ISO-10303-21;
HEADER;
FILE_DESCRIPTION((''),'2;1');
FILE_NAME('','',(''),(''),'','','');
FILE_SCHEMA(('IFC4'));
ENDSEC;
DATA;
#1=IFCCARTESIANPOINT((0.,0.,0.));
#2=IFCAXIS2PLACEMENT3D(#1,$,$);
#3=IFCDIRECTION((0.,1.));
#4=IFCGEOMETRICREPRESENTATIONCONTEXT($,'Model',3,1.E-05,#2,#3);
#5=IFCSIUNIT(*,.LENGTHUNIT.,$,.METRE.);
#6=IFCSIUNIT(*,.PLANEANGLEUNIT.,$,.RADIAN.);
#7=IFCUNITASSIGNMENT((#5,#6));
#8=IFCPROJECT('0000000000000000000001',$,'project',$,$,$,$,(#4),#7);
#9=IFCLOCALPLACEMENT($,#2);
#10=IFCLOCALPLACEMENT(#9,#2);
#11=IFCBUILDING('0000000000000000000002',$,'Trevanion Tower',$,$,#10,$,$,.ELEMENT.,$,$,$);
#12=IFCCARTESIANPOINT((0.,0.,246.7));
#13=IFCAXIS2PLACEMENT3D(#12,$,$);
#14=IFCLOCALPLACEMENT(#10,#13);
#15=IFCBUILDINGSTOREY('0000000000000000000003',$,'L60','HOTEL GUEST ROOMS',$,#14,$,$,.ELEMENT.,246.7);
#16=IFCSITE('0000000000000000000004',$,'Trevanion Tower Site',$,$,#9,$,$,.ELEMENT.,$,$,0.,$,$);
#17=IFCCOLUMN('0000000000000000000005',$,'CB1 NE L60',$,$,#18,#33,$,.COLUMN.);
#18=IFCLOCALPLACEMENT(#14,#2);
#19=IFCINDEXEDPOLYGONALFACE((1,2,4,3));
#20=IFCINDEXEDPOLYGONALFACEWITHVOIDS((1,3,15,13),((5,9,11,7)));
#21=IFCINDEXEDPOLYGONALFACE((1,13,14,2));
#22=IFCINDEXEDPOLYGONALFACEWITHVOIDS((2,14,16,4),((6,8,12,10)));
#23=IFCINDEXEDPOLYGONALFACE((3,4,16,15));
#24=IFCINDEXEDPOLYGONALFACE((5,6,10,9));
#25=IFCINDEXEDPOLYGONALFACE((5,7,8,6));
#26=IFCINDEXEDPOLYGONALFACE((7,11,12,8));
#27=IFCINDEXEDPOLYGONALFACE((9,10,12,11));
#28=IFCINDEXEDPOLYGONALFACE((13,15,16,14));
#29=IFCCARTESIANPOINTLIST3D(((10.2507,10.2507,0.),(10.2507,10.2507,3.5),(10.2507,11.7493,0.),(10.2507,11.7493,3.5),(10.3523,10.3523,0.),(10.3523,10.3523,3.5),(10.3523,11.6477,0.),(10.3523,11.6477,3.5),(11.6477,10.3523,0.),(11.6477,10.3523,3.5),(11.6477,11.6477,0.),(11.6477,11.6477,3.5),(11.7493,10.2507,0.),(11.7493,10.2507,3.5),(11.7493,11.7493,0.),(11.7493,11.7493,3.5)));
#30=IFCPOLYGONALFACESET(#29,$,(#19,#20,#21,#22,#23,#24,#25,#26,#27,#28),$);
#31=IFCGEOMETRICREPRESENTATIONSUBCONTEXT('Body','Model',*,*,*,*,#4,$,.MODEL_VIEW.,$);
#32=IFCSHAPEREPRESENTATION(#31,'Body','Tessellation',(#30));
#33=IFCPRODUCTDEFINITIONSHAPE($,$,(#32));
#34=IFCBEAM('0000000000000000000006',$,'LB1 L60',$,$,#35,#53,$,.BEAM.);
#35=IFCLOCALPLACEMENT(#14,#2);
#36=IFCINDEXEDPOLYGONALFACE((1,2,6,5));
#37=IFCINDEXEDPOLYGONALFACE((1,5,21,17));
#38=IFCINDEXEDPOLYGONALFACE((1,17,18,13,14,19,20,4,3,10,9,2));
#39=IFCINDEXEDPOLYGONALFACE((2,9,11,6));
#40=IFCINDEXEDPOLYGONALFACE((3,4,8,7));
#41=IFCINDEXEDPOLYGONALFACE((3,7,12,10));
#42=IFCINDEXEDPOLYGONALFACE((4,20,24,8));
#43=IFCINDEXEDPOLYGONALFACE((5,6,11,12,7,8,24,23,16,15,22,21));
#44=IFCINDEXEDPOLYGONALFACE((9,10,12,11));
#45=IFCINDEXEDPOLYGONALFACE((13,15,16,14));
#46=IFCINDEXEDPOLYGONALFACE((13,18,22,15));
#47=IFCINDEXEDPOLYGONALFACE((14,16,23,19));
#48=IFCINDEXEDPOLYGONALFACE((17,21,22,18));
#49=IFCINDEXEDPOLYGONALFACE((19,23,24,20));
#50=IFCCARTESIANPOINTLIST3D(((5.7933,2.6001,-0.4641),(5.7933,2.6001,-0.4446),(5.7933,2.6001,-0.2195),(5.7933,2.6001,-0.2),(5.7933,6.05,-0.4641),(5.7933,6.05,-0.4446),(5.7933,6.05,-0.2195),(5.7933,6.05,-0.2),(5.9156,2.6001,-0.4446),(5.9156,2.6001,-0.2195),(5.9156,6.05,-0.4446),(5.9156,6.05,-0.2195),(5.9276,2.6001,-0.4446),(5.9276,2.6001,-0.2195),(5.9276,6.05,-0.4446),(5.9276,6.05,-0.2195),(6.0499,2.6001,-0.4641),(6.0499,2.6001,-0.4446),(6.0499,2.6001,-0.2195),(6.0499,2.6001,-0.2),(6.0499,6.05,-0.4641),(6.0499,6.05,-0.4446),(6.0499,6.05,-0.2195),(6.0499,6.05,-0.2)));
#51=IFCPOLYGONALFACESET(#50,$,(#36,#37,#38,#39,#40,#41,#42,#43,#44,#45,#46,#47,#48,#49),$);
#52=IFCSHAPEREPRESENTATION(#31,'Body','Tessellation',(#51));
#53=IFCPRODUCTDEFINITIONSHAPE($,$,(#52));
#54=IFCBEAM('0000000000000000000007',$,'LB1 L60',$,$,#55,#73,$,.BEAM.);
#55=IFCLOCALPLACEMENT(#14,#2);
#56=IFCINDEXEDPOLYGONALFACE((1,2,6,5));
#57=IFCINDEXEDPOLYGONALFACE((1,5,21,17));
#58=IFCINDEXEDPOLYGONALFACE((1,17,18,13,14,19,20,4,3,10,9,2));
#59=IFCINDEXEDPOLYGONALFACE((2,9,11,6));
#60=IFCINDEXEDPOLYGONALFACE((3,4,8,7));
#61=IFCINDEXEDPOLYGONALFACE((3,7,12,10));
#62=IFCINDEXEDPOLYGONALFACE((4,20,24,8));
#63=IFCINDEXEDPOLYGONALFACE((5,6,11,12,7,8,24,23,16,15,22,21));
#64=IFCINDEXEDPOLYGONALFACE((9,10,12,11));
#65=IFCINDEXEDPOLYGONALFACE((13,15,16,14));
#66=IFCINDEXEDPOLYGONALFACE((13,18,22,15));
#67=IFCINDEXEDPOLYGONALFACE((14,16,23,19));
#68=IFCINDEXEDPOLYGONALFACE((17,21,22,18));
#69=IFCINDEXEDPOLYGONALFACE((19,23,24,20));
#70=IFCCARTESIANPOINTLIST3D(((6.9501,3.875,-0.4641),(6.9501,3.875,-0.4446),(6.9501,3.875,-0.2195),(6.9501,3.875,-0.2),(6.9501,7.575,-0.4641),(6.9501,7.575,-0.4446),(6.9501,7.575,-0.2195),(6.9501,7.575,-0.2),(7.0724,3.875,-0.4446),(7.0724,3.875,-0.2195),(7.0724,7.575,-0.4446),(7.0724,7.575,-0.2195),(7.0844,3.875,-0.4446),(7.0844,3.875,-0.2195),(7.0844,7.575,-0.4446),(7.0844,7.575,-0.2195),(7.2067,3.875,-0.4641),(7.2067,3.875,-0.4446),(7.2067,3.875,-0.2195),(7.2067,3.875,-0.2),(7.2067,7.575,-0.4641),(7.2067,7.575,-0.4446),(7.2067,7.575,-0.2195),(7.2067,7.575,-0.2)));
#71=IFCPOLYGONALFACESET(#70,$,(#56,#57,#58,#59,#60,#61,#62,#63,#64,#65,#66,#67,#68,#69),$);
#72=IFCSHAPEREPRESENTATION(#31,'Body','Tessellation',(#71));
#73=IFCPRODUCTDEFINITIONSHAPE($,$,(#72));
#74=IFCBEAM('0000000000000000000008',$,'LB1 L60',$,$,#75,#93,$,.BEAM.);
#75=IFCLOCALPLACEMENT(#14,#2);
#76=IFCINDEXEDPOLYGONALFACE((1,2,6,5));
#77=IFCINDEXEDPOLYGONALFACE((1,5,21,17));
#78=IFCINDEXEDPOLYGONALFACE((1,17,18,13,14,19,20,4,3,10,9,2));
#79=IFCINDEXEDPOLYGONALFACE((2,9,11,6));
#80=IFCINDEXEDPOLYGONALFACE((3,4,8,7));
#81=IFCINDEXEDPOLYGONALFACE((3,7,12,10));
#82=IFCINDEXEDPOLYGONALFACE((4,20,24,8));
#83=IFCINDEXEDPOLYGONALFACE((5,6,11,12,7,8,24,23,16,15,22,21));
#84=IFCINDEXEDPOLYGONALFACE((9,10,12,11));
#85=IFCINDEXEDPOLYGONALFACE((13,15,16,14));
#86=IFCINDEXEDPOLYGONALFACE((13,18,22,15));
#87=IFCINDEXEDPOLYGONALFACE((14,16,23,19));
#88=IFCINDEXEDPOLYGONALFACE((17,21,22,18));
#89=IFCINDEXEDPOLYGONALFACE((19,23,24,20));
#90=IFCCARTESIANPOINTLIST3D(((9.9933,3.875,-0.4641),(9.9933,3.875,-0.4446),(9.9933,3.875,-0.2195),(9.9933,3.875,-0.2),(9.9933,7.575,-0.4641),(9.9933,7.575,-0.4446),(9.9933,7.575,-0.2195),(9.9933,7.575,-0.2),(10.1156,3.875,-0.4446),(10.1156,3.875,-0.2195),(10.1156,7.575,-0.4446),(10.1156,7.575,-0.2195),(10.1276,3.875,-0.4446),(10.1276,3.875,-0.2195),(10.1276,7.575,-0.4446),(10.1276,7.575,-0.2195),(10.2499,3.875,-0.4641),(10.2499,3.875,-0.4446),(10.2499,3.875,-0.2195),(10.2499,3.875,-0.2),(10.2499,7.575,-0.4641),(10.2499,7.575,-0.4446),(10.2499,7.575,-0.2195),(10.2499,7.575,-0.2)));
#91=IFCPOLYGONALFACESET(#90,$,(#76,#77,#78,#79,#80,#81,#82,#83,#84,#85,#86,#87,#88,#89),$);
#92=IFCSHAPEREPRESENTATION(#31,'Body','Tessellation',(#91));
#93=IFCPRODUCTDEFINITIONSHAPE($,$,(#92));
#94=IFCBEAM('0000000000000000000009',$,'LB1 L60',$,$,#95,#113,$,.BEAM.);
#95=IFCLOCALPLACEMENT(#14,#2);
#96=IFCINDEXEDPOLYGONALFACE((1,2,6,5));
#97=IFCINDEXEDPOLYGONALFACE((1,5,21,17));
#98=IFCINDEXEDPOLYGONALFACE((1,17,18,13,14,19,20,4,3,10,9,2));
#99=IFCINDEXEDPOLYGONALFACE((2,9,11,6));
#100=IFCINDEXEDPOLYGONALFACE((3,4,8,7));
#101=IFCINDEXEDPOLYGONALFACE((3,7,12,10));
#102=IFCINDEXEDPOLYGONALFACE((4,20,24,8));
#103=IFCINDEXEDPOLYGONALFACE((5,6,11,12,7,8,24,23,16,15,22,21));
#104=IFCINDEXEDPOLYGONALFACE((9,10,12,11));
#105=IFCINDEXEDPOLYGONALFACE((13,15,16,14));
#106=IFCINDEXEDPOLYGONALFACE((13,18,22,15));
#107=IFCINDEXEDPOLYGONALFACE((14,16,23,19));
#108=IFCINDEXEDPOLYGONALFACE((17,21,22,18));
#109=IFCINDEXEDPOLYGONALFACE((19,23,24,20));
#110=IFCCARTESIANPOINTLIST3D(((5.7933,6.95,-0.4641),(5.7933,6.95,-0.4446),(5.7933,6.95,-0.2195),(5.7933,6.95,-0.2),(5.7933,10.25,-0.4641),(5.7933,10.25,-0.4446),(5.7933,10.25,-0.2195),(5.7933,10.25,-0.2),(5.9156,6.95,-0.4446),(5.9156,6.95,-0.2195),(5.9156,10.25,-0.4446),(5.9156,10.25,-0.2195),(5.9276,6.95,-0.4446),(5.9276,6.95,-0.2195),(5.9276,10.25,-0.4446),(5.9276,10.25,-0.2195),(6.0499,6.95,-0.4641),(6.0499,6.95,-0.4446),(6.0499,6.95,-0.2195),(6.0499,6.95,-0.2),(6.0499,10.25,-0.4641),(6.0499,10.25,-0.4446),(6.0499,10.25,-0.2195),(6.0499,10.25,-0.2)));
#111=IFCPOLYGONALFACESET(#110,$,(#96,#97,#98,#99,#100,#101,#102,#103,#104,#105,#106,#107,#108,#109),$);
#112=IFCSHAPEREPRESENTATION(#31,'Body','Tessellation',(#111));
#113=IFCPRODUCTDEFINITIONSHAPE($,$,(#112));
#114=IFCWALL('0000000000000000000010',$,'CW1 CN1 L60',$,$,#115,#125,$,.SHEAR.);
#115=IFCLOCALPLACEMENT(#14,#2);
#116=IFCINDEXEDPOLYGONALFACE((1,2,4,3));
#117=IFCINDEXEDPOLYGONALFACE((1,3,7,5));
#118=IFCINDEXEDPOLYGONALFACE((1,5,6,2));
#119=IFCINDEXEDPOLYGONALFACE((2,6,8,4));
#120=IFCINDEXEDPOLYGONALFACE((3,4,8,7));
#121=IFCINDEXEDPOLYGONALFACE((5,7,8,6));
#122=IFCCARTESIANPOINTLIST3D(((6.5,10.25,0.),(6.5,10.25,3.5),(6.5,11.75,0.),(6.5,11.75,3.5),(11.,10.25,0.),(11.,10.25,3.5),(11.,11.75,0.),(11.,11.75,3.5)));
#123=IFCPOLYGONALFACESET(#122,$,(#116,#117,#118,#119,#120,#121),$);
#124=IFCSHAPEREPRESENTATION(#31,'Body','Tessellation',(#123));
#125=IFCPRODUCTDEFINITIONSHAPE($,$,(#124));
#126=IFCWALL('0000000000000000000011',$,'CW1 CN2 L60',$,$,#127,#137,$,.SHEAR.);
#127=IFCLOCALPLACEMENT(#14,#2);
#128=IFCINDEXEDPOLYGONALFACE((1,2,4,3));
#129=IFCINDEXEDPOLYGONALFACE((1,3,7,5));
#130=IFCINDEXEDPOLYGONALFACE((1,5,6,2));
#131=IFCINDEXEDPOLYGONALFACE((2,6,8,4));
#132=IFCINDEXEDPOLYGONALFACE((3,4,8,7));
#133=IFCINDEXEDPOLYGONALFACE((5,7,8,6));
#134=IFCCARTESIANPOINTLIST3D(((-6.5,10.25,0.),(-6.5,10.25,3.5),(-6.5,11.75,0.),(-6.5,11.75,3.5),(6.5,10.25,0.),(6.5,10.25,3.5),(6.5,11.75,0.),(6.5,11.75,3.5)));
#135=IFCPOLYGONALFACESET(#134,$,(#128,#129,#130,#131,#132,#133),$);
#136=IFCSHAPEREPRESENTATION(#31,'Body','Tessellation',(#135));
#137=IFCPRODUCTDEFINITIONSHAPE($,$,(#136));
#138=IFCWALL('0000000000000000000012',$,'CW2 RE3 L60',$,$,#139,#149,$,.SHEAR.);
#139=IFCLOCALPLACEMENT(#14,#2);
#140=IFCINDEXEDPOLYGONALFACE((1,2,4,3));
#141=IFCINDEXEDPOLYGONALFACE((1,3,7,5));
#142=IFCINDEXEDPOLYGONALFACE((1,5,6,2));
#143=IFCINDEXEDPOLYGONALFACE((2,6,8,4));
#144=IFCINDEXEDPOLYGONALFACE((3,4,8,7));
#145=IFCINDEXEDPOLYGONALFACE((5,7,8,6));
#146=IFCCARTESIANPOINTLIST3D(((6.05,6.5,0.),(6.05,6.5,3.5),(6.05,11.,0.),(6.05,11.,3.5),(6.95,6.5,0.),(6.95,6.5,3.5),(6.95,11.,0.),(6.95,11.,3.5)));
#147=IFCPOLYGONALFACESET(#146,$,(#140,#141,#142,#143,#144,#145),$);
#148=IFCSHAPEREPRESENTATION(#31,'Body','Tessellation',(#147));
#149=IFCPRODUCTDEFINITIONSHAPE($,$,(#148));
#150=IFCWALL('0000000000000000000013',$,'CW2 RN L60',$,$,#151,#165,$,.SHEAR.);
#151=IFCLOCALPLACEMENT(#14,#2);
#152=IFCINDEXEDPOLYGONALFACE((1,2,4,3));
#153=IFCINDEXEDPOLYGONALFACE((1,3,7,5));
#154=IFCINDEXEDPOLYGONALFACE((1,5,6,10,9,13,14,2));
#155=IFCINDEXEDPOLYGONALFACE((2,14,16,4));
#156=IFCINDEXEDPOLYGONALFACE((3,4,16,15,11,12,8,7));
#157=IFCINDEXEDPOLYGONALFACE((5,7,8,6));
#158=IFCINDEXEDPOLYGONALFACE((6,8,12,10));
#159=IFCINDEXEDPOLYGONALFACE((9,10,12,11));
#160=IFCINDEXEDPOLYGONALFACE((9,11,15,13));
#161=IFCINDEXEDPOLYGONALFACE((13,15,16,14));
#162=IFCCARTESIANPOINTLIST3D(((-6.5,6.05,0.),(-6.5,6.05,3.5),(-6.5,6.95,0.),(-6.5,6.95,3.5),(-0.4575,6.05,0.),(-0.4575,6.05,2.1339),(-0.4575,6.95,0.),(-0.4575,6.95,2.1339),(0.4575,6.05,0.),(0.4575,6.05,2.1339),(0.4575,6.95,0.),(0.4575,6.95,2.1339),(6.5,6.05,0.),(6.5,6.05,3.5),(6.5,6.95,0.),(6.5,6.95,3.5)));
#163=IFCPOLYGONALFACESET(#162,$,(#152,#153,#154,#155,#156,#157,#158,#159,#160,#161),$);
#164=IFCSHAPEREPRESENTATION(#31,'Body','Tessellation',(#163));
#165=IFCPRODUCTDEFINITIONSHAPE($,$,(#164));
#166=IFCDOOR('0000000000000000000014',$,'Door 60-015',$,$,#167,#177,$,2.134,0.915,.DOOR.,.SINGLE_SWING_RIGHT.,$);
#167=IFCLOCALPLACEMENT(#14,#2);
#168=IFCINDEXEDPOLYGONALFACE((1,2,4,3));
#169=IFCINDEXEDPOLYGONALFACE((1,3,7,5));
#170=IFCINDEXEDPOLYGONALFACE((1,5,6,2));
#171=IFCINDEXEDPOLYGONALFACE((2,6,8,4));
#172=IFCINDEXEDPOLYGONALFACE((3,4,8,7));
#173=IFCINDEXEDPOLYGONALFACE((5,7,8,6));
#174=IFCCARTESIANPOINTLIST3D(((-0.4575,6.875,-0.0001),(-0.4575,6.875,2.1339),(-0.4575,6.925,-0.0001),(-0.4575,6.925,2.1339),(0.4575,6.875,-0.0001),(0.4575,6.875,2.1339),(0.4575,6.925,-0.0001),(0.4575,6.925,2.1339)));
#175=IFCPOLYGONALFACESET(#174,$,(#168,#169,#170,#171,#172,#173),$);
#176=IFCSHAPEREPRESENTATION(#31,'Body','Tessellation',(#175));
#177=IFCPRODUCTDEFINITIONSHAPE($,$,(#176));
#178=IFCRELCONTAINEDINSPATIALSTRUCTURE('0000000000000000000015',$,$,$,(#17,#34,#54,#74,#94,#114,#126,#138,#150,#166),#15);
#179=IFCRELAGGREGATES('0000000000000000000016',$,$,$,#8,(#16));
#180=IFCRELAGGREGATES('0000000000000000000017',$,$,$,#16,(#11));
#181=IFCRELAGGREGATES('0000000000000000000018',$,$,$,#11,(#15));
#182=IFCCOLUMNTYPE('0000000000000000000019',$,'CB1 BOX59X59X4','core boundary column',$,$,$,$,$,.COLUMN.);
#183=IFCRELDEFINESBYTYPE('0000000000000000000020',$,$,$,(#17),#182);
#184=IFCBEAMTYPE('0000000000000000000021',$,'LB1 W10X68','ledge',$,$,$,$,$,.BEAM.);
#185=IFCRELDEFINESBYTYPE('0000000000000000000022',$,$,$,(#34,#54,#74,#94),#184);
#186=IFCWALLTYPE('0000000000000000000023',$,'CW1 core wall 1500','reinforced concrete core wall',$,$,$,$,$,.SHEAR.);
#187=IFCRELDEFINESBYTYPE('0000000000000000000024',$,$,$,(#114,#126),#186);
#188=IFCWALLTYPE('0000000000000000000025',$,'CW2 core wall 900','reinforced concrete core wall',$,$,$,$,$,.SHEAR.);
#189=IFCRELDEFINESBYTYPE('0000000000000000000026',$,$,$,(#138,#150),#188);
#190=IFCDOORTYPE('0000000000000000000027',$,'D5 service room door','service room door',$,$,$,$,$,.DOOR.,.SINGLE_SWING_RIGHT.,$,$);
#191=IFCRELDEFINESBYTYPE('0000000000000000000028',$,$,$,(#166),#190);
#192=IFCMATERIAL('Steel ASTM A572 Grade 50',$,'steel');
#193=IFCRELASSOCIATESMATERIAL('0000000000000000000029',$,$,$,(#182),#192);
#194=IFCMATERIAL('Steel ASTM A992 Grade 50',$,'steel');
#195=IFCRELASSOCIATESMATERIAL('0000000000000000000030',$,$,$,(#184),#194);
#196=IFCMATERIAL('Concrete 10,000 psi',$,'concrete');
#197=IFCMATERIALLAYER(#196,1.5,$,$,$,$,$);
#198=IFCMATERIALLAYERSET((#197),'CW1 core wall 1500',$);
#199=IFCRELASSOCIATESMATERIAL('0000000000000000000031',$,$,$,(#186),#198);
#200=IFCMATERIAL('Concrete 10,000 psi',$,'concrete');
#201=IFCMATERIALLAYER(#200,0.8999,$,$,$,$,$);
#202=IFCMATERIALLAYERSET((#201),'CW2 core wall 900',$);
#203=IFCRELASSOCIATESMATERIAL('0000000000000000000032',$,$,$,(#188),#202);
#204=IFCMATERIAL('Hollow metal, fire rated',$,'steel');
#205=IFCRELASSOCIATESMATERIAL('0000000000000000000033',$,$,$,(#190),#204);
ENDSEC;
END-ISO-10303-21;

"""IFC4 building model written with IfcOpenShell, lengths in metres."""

from ifc_helpers import new_model, si_unit, direction, frame, frame_2d, origin, origin_2d, place, context, subcontext, project, spatial, rectangle, hollow_rectangle, i_section, extrude, material, layer, layer_set, material_profile, profile_set, type_object, element, fill, save


model = new_model("IFC4")

# Units and contexts
model_context = context("Model", 3, precision=1e-05, world=origin(), true_north=direction((0.0, 1.0)))
body_context = subcontext(model_context, "Body", "Model", "MODEL_VIEW")
ifc_project = project(units=[si_unit("LENGTHUNIT", "METRE"), si_unit("PLANEANGLEUNIT", "RADIAN")], contexts=[model_context])

# Site, building, storey
site_placement = place(None, origin())
site = spatial("IfcSite", under=ifc_project, at=site_placement, Name="Trevanion Tower Site", CompositionType="ELEMENT", RefElevation=0.0)
building_placement = place(site_placement, origin())
building = spatial("IfcBuilding", under=site, at=building_placement, Name="Trevanion Tower", CompositionType="ELEMENT")
storey_placement = place(building_placement, frame((0.0, 0.0, 246.7)))
storey = spatial("IfcBuildingStorey", under=building, at=storey_placement, Name="L60", Description="HOTEL GUEST ROOMS", CompositionType="ELEMENT", Elevation=246.7)

# Column
ifc_material_1 = material(Name="Steel ASTM A572 Grade 50", Category="steel")
ifc_material_profile_1 = material_profile(ifc_material_1, hollow_rectangle(XDim=1.4985, YDim=1.4985, WallThickness=0.1016, at=origin_2d()), Name="BOX59X59X4")
ifc_profile_set_1 = profile_set([ifc_material_profile_1], Name="Steel ASTM A572 Grade 50")
column_type = type_object("IfcColumnType", Name="CB1 BOX59X59X4", Description="core boundary column", PredefinedType="COLUMN", material=ifc_profile_set_1)
column_placement = place(storey_placement, frame((11.0, 11.0, 0.0), z_axis=(0.0, 0.0, 1.0), x_axis=(1.0, 0.0, 0.0)))
element("IfcColumn", 1, at=column_placement, inside=storey, type_object=column_type, Name="CB1 NE L60", PredefinedType="COLUMN", context=body_context, shape_type="SweptSolid", body=[
    extrude(hollow_rectangle(XDim=1.4985, YDim=1.4985, WallThickness=0.1016, at=origin_2d()), origin(), (0.0, 0.0, 1.0), 3.5),
])

# Beams
ifc_material_2 = material(Name="Steel ASTM A992 Grade 50", Category="steel")
ifc_material_profile_2 = material_profile(ifc_material_2, i_section(OverallWidth=0.2566, OverallDepth=0.2642, WebThickness=0.012, FlangeThickness=0.0195, at=origin_2d()), Name="W10X68")
ifc_profile_set_2 = profile_set([ifc_material_profile_2], Name="Steel ASTM A992 Grade 50")
beam_type = type_object("IfcBeamType", Name="LB1 W10X68", Description="ledge", PredefinedType="BEAM", material=ifc_profile_set_2)
beam_1_placement = place(storey_placement, frame((5.9216, 2.6001, -0.332), z_axis=(0.0, 1.0, 0.0), x_axis=(-1.0, 0.0, 0.0)))
element("IfcBeam", 2, at=beam_1_placement, inside=storey, type_object=beam_type, Name="LB1 L60", PredefinedType="BEAM", context=body_context, shape_type="SweptSolid", body=[
    extrude(i_section(OverallWidth=0.2566, OverallDepth=0.2642, WebThickness=0.012, FlangeThickness=0.0195, at=origin_2d()), origin(), (0.0, 0.0, 1.0), 3.45),
])
for number, where, z_axis, x_axis, name in (
    (3, (7.0784, 3.875, -0.332), (0.0, 1.0, 0.0), (-1.0, 0.0, 0.0), "LB1 L60"),
    (4, (10.1216, 3.875, -0.332), (0.0, 1.0, 0.0), (-1.0, 0.0, 0.0), "LB1 L60"),
):
    element("IfcBeam", number, at=place(storey_placement, frame(where, z_axis=z_axis, x_axis=x_axis)), inside=storey, type_object=beam_type, Name=name, PredefinedType="BEAM", context=body_context, shape_type="SweptSolid", body=[
        extrude(i_section(OverallWidth=0.2566, OverallDepth=0.2642, WebThickness=0.012, FlangeThickness=0.0195, at=origin_2d()), origin(), (0.0, 0.0, 1.0), 3.7),
    ])
beam_2_placement = place(storey_placement, frame((5.9216, 6.95, -0.332), z_axis=(0.0, 1.0, 0.0), x_axis=(-1.0, 0.0, 0.0)))
element("IfcBeam", 5, at=beam_2_placement, inside=storey, type_object=beam_type, Name="LB1 L60", PredefinedType="BEAM", context=body_context, shape_type="SweptSolid", body=[
    extrude(i_section(OverallWidth=0.2566, OverallDepth=0.2642, WebThickness=0.012, FlangeThickness=0.0195, at=origin_2d()), origin(), (0.0, 0.0, 1.0), 3.3),
])

# Walls
ifc_material_3 = material(Name="Concrete 10,000 psi", Category="concrete")
ifc_layer_1 = layer(ifc_material_3, 1.5)
ifc_layer_set_1 = layer_set([ifc_layer_1], Name="CW1 core wall 1500")
wall_type_1 = type_object("IfcWallType", Name="CW1 core wall 1500", Description="reinforced concrete core wall", PredefinedType="SHEAR", material=ifc_layer_set_1)
wall_1_placement = place(storey_placement, frame((11.0, 11.0, 0.0), z_axis=(0.0, 0.0, 1.0), x_axis=(-1.0, 0.0, 0.0)))
element("IfcWall", 6, at=wall_1_placement, inside=storey, type_object=wall_type_1, Name="CW1 CN1 L60", PredefinedType="SHEAR", context=body_context, shape_type="SweptSolid", body=[
    extrude(rectangle(XDim=4.5, YDim=1.5, at=frame_2d((2.25, 0.0))), origin(), (0.0, 0.0, 1.0), 3.5),
])
wall_2_placement = place(storey_placement, frame((6.5, 11.0, 0.0), z_axis=(0.0, 0.0, 1.0), x_axis=(-1.0, 0.0, 0.0)))
element("IfcWall", 7, at=wall_2_placement, inside=storey, type_object=wall_type_1, Name="CW1 CN2 L60", PredefinedType="SHEAR", context=body_context, shape_type="SweptSolid", body=[
    extrude(rectangle(XDim=13.0, YDim=1.5, at=frame_2d((6.5, 0.0))), origin(), (0.0, 0.0, 1.0), 3.5),
])
ifc_material_4 = material(Name="Concrete 10,000 psi", Category="concrete")
ifc_layer_2 = layer(ifc_material_4, 0.8999)
ifc_layer_set_2 = layer_set([ifc_layer_2], Name="CW2 core wall 900")
wall_type_2 = type_object("IfcWallType", Name="CW2 core wall 900", Description="reinforced concrete core wall", PredefinedType="SHEAR", material=ifc_layer_set_2)
wall_3_placement = place(storey_placement, frame((6.5, 6.5, 0.0), z_axis=(0.0, 0.0, 1.0), x_axis=(0.0, 1.0, 0.0)))
element("IfcWall", 8, at=wall_3_placement, inside=storey, type_object=wall_type_2, Name="CW2 RE3 L60", PredefinedType="SHEAR", context=body_context, shape_type="SweptSolid", body=[
    extrude(rectangle(XDim=4.5, YDim=0.8999, at=frame_2d((2.25, 0.0))), origin(), (0.0, 0.0, 1.0), 3.5),
])

# Wall, opening, door
wall_4_placement = place(storey_placement, frame((6.5, 6.5, 0.0), z_axis=(0.0, 0.0, 1.0), x_axis=(-1.0, 0.0, 0.0)))
wall_4 = element("IfcWall", 9, at=wall_4_placement, inside=storey, type_object=wall_type_2, Name="CW2 RN L60", PredefinedType="SHEAR", context=body_context, shape_type="SweptSolid", body=[
    extrude(rectangle(XDim=13.0, YDim=0.8999, at=frame_2d((6.5, 0.0))), origin(), (0.0, 0.0, 1.0), 3.5),
])
opening_1_placement = place(wall_4_placement, frame((6.0425, 0.0, 0.0)))
opening_1 = element("IfcOpeningElement", 10, at=opening_1_placement, cuts=wall_4, PredefinedType="OPENING", context=body_context, shape_type="SweptSolid", body=[
    extrude(rectangle(XDim=0.915, YDim=2.134, at=frame_2d((0.4575, 1.0669))), frame((0.0, 0.46, 0.0), z_axis=(0.0, -1.0, 0.0), x_axis=(1.0, 0.0, 0.0)), (0.0, 0.0, 1.0), 0.9199),
])
ifc_material_5 = material(Name="Hollow metal, fire rated", Category="steel")
door_type_1 = type_object("IfcDoorType", Name="D5 service room door", Description="service room door", OperationType="SINGLE_SWING_RIGHT", PredefinedType="DOOR", material=ifc_material_5)
door_1_placement = place(opening_1_placement, origin())
door_1 = element("IfcDoor", 11, at=door_1_placement, inside=storey, type_object=door_type_1, Name="Door 60-015", OperationType="SINGLE_SWING_RIGHT", OverallHeight=2.134, OverallWidth=0.915, PredefinedType="DOOR", context=body_context, shape_type="SweptSolid", body=[
    extrude(rectangle(XDim=0.915, YDim=2.134, at=frame_2d((0.4575, 1.0669))), frame((0.0, -0.375, 0.0), z_axis=(0.0, -1.0, 0.0), x_axis=(1.0, 0.0, 0.0)), (0.0, 0.0, 1.0), 0.05),
])
fill(opening_1, door_1)

save(model, "model.ifc")
